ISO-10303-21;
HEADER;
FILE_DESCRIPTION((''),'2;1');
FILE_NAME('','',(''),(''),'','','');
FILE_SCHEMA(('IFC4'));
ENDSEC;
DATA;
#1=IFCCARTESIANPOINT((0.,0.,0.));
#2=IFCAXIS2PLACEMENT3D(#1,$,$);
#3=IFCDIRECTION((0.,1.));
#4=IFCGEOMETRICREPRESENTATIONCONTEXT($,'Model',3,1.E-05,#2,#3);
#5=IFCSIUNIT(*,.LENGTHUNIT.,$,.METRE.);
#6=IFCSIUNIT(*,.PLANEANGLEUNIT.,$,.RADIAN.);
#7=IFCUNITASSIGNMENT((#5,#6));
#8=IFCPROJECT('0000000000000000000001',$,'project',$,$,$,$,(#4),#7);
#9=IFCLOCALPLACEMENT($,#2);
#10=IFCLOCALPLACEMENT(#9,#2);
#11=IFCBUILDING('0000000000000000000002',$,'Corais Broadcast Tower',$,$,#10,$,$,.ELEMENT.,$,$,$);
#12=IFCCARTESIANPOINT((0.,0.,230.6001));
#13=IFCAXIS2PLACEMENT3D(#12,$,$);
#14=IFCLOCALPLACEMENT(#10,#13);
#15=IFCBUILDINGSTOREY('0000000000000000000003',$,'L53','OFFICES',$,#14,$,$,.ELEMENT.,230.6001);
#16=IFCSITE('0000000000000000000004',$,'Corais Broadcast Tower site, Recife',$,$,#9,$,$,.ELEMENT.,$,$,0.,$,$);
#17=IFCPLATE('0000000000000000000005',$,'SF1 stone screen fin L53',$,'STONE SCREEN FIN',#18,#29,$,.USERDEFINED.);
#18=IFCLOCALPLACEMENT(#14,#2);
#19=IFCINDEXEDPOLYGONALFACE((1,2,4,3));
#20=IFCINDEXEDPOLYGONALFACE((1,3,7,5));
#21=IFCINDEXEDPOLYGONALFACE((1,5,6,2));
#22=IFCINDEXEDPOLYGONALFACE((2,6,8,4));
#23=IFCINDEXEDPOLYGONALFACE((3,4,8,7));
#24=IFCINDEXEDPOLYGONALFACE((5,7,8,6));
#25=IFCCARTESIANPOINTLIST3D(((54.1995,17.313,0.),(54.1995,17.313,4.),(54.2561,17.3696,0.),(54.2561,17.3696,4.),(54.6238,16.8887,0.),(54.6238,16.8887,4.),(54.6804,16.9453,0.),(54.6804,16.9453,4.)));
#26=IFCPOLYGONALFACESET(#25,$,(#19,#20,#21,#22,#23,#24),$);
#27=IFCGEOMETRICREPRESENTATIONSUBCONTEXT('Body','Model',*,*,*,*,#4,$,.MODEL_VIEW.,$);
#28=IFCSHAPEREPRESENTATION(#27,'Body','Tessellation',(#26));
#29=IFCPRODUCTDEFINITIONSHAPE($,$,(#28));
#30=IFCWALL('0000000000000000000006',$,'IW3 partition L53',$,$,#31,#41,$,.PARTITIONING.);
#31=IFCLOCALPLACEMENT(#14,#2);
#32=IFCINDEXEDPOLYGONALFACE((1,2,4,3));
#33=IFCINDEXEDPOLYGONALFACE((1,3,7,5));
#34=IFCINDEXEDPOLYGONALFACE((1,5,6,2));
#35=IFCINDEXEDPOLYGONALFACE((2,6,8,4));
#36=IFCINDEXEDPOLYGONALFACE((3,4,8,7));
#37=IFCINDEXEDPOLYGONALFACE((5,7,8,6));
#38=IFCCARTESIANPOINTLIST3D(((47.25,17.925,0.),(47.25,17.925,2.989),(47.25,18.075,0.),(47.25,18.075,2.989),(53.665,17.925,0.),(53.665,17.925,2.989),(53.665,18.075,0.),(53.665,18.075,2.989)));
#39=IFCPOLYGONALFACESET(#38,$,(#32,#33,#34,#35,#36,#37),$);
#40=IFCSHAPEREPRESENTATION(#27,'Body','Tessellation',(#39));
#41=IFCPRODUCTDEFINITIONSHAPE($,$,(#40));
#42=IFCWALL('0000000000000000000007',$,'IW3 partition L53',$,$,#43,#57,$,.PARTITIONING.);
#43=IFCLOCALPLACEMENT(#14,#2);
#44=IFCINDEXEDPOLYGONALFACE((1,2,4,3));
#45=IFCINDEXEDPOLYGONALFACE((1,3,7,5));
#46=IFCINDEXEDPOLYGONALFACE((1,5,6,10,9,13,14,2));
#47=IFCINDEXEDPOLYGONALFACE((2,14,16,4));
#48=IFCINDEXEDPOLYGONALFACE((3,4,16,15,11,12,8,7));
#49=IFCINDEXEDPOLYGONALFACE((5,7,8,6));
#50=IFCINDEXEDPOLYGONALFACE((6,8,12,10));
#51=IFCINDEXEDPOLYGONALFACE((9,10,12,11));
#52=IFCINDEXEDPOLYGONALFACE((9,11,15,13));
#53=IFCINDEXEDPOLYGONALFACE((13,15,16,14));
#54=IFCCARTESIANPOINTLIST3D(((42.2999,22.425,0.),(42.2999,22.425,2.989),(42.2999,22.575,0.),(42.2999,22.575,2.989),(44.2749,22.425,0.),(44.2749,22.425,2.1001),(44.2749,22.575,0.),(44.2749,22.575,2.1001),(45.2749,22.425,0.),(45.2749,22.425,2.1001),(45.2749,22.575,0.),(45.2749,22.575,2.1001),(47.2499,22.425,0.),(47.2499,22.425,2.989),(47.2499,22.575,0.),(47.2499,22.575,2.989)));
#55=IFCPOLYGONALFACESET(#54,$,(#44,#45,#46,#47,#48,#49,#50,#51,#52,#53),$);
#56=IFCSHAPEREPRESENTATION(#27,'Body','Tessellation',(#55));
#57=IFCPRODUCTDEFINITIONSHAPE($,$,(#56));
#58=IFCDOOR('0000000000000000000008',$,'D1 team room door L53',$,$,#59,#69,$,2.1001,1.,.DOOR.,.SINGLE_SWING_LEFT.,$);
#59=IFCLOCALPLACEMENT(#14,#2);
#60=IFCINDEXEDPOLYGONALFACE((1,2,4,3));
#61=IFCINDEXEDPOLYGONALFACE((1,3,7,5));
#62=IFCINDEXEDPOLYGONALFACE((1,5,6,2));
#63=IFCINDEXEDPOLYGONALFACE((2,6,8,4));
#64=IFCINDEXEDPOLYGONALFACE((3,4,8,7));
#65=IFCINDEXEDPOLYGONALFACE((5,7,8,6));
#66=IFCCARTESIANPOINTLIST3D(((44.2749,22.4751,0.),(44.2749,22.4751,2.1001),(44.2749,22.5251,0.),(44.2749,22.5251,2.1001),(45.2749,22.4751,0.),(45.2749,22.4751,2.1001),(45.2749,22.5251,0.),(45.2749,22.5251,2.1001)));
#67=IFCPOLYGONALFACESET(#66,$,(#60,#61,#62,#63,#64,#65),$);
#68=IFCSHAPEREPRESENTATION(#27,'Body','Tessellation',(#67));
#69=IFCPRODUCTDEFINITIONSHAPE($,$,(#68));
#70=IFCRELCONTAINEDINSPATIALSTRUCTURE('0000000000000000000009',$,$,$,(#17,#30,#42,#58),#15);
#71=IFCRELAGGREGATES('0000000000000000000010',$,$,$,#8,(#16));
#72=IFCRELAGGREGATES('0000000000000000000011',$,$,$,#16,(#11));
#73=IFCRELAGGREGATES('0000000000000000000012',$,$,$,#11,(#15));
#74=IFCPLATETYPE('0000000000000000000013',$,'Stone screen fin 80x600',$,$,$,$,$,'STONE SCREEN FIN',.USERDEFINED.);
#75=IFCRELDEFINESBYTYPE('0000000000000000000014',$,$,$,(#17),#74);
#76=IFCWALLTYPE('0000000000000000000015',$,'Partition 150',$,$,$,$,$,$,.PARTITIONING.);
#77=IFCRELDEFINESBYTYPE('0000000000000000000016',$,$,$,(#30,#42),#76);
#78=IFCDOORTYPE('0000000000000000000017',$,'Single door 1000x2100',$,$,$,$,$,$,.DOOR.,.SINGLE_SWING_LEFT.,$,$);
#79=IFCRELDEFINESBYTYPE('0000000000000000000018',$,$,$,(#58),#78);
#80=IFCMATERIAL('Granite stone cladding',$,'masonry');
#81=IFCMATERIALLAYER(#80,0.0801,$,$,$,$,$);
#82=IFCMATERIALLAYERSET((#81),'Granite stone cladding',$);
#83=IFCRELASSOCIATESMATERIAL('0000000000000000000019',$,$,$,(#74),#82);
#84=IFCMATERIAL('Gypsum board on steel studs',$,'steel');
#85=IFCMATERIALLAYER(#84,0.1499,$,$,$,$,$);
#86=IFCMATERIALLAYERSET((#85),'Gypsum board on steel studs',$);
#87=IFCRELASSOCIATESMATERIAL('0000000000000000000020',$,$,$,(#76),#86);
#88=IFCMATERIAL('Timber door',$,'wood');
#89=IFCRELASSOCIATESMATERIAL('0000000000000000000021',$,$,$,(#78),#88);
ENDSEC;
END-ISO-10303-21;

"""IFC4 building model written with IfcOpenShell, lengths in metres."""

from ifc_helpers import new_model, si_unit, direction, frame, frame_2d, origin, origin_2d, place, context, subcontext, project, spatial, rectangle, extrude, material, layer, layer_set, type_object, element, fill, save


model = new_model("IFC4")

# Units and contexts
model_context = context("Model", 3, precision=1e-05, world=origin(), true_north=direction((0.0, 1.0)))
body_context = subcontext(model_context, "Body", "Model", "MODEL_VIEW")
ifc_project = project(units=[si_unit("LENGTHUNIT", "METRE"), si_unit("PLANEANGLEUNIT", "RADIAN")], contexts=[model_context])

# Site, building, storey
site_placement = place(None, origin())
site = spatial("IfcSite", under=ifc_project, at=site_placement, Name="Corais Broadcast Tower site, Recife", CompositionType="ELEMENT", RefElevation=0.0)
building_placement = place(site_placement, origin())
building = spatial("IfcBuilding", under=site, at=building_placement, Name="Corais Broadcast Tower", CompositionType="ELEMENT")
storey_placement = place(building_placement, frame((0.0, 0.0, 230.6001)))
storey = spatial("IfcBuildingStorey", under=building, at=storey_placement, Name="L53", Description="OFFICES", CompositionType="ELEMENT", Elevation=230.6001)

# Plate
ifc_material_1 = material(Name="Granite stone cladding", Category="masonry")
ifc_layer_1 = layer(ifc_material_1, 0.0801)
ifc_layer_set_1 = layer_set([ifc_layer_1], Name="Granite stone cladding")
plate_type_1 = type_object("IfcPlateType", Name="Stone screen fin 80x600", ElementType="STONE SCREEN FIN", PredefinedType="USERDEFINED", material=ifc_layer_set_1)
plate_1_placement = place(storey_placement, frame((54.4399, 17.1292, 0.0), z_axis=(0.0, 0.0, 1.0), x_axis=(-0.707107, -0.707107, 0.0)))
element("IfcPlate", 1, at=plate_1_placement, inside=storey, type_object=plate_type_1, Name="SF1 stone screen fin L53", ObjectType="STONE SCREEN FIN", PredefinedType="USERDEFINED", context=body_context, shape_type="SweptSolid", body=[
    extrude(rectangle(XDim=0.0801, YDim=0.6001, at=origin_2d()), origin(), (0.0, 0.0, 1.0), 4.0),
])

# Wall
ifc_material_2 = material(Name="Gypsum board on steel studs", Category="steel")
ifc_layer_2 = layer(ifc_material_2, 0.1499)
ifc_layer_set_2 = layer_set([ifc_layer_2], Name="Gypsum board on steel studs")
wall_type = type_object("IfcWallType", Name="Partition 150", PredefinedType="PARTITIONING", material=ifc_layer_set_2)
wall_1_placement = place(storey_placement, frame((47.25, 18.0, 0.0), z_axis=(0.0, 0.0, 1.0), x_axis=(1.0, 0.0, 0.0)))
element("IfcWall", 2, at=wall_1_placement, inside=storey, type_object=wall_type, Name="IW3 partition L53", PredefinedType="PARTITIONING", context=body_context, shape_type="SweptSolid", body=[
    extrude(rectangle(XDim=6.415, YDim=0.1499, at=frame_2d((3.2075, 0.0))), origin(), (0.0, 0.0, 1.0), 2.989),
])

# Wall, opening, door
wall_2_placement = place(storey_placement, frame((47.25, 22.5, 0.0), z_axis=(0.0, 0.0, 1.0), x_axis=(-1.0, 0.0, 0.0)))
wall_2 = element("IfcWall", 3, at=wall_2_placement, inside=storey, type_object=wall_type, Name="IW3 partition L53", PredefinedType="PARTITIONING", context=body_context, shape_type="SweptSolid", body=[
    extrude(rectangle(XDim=4.95, YDim=0.1499, at=frame_2d((2.4751, 0.0))), origin(), (0.0, 0.0, 1.0), 2.989),
])
opening_placement = place(wall_2_placement, frame((1.9751, 0.0, 0.0)))
opening = element("IfcOpeningElement", 4, at=opening_placement, cuts=wall_2, PredefinedType="OPENING", context=body_context, shape_type="SweptSolid", body=[
    extrude(rectangle(XDim=1.0, YDim=2.1001, at=frame_2d((0.5, 1.05))), frame((0.0, 0.085, 0.0), z_axis=(0.0, -1.0, 0.0), x_axis=(1.0, 0.0, 0.0)), (0.0, 0.0, 1.0), 0.1699),
])
ifc_material_3 = material(Name="Timber door", Category="wood")
door_type = type_object("IfcDoorType", Name="Single door 1000x2100", OperationType="SINGLE_SWING_LEFT", PredefinedType="DOOR", material=ifc_material_3)
door_placement = place(opening_placement, origin())
door = element("IfcDoor", 5, at=door_placement, inside=storey, type_object=door_type, Name="D1 team room door L53", OperationType="SINGLE_SWING_LEFT", OverallHeight=2.1001, OverallWidth=1.0, PredefinedType="DOOR", context=body_context, shape_type="SweptSolid", body=[
    extrude(rectangle(XDim=1.0, YDim=2.1001, at=frame_2d((0.5, 1.05))), frame((0.0, 0.0249, 0.0), z_axis=(0.0, -1.0, 0.0), x_axis=(1.0, 0.0, 0.0)), (0.0, 0.0, 1.0), 0.05),
])
fill(opening, door)

save(model, "model.ifc")
